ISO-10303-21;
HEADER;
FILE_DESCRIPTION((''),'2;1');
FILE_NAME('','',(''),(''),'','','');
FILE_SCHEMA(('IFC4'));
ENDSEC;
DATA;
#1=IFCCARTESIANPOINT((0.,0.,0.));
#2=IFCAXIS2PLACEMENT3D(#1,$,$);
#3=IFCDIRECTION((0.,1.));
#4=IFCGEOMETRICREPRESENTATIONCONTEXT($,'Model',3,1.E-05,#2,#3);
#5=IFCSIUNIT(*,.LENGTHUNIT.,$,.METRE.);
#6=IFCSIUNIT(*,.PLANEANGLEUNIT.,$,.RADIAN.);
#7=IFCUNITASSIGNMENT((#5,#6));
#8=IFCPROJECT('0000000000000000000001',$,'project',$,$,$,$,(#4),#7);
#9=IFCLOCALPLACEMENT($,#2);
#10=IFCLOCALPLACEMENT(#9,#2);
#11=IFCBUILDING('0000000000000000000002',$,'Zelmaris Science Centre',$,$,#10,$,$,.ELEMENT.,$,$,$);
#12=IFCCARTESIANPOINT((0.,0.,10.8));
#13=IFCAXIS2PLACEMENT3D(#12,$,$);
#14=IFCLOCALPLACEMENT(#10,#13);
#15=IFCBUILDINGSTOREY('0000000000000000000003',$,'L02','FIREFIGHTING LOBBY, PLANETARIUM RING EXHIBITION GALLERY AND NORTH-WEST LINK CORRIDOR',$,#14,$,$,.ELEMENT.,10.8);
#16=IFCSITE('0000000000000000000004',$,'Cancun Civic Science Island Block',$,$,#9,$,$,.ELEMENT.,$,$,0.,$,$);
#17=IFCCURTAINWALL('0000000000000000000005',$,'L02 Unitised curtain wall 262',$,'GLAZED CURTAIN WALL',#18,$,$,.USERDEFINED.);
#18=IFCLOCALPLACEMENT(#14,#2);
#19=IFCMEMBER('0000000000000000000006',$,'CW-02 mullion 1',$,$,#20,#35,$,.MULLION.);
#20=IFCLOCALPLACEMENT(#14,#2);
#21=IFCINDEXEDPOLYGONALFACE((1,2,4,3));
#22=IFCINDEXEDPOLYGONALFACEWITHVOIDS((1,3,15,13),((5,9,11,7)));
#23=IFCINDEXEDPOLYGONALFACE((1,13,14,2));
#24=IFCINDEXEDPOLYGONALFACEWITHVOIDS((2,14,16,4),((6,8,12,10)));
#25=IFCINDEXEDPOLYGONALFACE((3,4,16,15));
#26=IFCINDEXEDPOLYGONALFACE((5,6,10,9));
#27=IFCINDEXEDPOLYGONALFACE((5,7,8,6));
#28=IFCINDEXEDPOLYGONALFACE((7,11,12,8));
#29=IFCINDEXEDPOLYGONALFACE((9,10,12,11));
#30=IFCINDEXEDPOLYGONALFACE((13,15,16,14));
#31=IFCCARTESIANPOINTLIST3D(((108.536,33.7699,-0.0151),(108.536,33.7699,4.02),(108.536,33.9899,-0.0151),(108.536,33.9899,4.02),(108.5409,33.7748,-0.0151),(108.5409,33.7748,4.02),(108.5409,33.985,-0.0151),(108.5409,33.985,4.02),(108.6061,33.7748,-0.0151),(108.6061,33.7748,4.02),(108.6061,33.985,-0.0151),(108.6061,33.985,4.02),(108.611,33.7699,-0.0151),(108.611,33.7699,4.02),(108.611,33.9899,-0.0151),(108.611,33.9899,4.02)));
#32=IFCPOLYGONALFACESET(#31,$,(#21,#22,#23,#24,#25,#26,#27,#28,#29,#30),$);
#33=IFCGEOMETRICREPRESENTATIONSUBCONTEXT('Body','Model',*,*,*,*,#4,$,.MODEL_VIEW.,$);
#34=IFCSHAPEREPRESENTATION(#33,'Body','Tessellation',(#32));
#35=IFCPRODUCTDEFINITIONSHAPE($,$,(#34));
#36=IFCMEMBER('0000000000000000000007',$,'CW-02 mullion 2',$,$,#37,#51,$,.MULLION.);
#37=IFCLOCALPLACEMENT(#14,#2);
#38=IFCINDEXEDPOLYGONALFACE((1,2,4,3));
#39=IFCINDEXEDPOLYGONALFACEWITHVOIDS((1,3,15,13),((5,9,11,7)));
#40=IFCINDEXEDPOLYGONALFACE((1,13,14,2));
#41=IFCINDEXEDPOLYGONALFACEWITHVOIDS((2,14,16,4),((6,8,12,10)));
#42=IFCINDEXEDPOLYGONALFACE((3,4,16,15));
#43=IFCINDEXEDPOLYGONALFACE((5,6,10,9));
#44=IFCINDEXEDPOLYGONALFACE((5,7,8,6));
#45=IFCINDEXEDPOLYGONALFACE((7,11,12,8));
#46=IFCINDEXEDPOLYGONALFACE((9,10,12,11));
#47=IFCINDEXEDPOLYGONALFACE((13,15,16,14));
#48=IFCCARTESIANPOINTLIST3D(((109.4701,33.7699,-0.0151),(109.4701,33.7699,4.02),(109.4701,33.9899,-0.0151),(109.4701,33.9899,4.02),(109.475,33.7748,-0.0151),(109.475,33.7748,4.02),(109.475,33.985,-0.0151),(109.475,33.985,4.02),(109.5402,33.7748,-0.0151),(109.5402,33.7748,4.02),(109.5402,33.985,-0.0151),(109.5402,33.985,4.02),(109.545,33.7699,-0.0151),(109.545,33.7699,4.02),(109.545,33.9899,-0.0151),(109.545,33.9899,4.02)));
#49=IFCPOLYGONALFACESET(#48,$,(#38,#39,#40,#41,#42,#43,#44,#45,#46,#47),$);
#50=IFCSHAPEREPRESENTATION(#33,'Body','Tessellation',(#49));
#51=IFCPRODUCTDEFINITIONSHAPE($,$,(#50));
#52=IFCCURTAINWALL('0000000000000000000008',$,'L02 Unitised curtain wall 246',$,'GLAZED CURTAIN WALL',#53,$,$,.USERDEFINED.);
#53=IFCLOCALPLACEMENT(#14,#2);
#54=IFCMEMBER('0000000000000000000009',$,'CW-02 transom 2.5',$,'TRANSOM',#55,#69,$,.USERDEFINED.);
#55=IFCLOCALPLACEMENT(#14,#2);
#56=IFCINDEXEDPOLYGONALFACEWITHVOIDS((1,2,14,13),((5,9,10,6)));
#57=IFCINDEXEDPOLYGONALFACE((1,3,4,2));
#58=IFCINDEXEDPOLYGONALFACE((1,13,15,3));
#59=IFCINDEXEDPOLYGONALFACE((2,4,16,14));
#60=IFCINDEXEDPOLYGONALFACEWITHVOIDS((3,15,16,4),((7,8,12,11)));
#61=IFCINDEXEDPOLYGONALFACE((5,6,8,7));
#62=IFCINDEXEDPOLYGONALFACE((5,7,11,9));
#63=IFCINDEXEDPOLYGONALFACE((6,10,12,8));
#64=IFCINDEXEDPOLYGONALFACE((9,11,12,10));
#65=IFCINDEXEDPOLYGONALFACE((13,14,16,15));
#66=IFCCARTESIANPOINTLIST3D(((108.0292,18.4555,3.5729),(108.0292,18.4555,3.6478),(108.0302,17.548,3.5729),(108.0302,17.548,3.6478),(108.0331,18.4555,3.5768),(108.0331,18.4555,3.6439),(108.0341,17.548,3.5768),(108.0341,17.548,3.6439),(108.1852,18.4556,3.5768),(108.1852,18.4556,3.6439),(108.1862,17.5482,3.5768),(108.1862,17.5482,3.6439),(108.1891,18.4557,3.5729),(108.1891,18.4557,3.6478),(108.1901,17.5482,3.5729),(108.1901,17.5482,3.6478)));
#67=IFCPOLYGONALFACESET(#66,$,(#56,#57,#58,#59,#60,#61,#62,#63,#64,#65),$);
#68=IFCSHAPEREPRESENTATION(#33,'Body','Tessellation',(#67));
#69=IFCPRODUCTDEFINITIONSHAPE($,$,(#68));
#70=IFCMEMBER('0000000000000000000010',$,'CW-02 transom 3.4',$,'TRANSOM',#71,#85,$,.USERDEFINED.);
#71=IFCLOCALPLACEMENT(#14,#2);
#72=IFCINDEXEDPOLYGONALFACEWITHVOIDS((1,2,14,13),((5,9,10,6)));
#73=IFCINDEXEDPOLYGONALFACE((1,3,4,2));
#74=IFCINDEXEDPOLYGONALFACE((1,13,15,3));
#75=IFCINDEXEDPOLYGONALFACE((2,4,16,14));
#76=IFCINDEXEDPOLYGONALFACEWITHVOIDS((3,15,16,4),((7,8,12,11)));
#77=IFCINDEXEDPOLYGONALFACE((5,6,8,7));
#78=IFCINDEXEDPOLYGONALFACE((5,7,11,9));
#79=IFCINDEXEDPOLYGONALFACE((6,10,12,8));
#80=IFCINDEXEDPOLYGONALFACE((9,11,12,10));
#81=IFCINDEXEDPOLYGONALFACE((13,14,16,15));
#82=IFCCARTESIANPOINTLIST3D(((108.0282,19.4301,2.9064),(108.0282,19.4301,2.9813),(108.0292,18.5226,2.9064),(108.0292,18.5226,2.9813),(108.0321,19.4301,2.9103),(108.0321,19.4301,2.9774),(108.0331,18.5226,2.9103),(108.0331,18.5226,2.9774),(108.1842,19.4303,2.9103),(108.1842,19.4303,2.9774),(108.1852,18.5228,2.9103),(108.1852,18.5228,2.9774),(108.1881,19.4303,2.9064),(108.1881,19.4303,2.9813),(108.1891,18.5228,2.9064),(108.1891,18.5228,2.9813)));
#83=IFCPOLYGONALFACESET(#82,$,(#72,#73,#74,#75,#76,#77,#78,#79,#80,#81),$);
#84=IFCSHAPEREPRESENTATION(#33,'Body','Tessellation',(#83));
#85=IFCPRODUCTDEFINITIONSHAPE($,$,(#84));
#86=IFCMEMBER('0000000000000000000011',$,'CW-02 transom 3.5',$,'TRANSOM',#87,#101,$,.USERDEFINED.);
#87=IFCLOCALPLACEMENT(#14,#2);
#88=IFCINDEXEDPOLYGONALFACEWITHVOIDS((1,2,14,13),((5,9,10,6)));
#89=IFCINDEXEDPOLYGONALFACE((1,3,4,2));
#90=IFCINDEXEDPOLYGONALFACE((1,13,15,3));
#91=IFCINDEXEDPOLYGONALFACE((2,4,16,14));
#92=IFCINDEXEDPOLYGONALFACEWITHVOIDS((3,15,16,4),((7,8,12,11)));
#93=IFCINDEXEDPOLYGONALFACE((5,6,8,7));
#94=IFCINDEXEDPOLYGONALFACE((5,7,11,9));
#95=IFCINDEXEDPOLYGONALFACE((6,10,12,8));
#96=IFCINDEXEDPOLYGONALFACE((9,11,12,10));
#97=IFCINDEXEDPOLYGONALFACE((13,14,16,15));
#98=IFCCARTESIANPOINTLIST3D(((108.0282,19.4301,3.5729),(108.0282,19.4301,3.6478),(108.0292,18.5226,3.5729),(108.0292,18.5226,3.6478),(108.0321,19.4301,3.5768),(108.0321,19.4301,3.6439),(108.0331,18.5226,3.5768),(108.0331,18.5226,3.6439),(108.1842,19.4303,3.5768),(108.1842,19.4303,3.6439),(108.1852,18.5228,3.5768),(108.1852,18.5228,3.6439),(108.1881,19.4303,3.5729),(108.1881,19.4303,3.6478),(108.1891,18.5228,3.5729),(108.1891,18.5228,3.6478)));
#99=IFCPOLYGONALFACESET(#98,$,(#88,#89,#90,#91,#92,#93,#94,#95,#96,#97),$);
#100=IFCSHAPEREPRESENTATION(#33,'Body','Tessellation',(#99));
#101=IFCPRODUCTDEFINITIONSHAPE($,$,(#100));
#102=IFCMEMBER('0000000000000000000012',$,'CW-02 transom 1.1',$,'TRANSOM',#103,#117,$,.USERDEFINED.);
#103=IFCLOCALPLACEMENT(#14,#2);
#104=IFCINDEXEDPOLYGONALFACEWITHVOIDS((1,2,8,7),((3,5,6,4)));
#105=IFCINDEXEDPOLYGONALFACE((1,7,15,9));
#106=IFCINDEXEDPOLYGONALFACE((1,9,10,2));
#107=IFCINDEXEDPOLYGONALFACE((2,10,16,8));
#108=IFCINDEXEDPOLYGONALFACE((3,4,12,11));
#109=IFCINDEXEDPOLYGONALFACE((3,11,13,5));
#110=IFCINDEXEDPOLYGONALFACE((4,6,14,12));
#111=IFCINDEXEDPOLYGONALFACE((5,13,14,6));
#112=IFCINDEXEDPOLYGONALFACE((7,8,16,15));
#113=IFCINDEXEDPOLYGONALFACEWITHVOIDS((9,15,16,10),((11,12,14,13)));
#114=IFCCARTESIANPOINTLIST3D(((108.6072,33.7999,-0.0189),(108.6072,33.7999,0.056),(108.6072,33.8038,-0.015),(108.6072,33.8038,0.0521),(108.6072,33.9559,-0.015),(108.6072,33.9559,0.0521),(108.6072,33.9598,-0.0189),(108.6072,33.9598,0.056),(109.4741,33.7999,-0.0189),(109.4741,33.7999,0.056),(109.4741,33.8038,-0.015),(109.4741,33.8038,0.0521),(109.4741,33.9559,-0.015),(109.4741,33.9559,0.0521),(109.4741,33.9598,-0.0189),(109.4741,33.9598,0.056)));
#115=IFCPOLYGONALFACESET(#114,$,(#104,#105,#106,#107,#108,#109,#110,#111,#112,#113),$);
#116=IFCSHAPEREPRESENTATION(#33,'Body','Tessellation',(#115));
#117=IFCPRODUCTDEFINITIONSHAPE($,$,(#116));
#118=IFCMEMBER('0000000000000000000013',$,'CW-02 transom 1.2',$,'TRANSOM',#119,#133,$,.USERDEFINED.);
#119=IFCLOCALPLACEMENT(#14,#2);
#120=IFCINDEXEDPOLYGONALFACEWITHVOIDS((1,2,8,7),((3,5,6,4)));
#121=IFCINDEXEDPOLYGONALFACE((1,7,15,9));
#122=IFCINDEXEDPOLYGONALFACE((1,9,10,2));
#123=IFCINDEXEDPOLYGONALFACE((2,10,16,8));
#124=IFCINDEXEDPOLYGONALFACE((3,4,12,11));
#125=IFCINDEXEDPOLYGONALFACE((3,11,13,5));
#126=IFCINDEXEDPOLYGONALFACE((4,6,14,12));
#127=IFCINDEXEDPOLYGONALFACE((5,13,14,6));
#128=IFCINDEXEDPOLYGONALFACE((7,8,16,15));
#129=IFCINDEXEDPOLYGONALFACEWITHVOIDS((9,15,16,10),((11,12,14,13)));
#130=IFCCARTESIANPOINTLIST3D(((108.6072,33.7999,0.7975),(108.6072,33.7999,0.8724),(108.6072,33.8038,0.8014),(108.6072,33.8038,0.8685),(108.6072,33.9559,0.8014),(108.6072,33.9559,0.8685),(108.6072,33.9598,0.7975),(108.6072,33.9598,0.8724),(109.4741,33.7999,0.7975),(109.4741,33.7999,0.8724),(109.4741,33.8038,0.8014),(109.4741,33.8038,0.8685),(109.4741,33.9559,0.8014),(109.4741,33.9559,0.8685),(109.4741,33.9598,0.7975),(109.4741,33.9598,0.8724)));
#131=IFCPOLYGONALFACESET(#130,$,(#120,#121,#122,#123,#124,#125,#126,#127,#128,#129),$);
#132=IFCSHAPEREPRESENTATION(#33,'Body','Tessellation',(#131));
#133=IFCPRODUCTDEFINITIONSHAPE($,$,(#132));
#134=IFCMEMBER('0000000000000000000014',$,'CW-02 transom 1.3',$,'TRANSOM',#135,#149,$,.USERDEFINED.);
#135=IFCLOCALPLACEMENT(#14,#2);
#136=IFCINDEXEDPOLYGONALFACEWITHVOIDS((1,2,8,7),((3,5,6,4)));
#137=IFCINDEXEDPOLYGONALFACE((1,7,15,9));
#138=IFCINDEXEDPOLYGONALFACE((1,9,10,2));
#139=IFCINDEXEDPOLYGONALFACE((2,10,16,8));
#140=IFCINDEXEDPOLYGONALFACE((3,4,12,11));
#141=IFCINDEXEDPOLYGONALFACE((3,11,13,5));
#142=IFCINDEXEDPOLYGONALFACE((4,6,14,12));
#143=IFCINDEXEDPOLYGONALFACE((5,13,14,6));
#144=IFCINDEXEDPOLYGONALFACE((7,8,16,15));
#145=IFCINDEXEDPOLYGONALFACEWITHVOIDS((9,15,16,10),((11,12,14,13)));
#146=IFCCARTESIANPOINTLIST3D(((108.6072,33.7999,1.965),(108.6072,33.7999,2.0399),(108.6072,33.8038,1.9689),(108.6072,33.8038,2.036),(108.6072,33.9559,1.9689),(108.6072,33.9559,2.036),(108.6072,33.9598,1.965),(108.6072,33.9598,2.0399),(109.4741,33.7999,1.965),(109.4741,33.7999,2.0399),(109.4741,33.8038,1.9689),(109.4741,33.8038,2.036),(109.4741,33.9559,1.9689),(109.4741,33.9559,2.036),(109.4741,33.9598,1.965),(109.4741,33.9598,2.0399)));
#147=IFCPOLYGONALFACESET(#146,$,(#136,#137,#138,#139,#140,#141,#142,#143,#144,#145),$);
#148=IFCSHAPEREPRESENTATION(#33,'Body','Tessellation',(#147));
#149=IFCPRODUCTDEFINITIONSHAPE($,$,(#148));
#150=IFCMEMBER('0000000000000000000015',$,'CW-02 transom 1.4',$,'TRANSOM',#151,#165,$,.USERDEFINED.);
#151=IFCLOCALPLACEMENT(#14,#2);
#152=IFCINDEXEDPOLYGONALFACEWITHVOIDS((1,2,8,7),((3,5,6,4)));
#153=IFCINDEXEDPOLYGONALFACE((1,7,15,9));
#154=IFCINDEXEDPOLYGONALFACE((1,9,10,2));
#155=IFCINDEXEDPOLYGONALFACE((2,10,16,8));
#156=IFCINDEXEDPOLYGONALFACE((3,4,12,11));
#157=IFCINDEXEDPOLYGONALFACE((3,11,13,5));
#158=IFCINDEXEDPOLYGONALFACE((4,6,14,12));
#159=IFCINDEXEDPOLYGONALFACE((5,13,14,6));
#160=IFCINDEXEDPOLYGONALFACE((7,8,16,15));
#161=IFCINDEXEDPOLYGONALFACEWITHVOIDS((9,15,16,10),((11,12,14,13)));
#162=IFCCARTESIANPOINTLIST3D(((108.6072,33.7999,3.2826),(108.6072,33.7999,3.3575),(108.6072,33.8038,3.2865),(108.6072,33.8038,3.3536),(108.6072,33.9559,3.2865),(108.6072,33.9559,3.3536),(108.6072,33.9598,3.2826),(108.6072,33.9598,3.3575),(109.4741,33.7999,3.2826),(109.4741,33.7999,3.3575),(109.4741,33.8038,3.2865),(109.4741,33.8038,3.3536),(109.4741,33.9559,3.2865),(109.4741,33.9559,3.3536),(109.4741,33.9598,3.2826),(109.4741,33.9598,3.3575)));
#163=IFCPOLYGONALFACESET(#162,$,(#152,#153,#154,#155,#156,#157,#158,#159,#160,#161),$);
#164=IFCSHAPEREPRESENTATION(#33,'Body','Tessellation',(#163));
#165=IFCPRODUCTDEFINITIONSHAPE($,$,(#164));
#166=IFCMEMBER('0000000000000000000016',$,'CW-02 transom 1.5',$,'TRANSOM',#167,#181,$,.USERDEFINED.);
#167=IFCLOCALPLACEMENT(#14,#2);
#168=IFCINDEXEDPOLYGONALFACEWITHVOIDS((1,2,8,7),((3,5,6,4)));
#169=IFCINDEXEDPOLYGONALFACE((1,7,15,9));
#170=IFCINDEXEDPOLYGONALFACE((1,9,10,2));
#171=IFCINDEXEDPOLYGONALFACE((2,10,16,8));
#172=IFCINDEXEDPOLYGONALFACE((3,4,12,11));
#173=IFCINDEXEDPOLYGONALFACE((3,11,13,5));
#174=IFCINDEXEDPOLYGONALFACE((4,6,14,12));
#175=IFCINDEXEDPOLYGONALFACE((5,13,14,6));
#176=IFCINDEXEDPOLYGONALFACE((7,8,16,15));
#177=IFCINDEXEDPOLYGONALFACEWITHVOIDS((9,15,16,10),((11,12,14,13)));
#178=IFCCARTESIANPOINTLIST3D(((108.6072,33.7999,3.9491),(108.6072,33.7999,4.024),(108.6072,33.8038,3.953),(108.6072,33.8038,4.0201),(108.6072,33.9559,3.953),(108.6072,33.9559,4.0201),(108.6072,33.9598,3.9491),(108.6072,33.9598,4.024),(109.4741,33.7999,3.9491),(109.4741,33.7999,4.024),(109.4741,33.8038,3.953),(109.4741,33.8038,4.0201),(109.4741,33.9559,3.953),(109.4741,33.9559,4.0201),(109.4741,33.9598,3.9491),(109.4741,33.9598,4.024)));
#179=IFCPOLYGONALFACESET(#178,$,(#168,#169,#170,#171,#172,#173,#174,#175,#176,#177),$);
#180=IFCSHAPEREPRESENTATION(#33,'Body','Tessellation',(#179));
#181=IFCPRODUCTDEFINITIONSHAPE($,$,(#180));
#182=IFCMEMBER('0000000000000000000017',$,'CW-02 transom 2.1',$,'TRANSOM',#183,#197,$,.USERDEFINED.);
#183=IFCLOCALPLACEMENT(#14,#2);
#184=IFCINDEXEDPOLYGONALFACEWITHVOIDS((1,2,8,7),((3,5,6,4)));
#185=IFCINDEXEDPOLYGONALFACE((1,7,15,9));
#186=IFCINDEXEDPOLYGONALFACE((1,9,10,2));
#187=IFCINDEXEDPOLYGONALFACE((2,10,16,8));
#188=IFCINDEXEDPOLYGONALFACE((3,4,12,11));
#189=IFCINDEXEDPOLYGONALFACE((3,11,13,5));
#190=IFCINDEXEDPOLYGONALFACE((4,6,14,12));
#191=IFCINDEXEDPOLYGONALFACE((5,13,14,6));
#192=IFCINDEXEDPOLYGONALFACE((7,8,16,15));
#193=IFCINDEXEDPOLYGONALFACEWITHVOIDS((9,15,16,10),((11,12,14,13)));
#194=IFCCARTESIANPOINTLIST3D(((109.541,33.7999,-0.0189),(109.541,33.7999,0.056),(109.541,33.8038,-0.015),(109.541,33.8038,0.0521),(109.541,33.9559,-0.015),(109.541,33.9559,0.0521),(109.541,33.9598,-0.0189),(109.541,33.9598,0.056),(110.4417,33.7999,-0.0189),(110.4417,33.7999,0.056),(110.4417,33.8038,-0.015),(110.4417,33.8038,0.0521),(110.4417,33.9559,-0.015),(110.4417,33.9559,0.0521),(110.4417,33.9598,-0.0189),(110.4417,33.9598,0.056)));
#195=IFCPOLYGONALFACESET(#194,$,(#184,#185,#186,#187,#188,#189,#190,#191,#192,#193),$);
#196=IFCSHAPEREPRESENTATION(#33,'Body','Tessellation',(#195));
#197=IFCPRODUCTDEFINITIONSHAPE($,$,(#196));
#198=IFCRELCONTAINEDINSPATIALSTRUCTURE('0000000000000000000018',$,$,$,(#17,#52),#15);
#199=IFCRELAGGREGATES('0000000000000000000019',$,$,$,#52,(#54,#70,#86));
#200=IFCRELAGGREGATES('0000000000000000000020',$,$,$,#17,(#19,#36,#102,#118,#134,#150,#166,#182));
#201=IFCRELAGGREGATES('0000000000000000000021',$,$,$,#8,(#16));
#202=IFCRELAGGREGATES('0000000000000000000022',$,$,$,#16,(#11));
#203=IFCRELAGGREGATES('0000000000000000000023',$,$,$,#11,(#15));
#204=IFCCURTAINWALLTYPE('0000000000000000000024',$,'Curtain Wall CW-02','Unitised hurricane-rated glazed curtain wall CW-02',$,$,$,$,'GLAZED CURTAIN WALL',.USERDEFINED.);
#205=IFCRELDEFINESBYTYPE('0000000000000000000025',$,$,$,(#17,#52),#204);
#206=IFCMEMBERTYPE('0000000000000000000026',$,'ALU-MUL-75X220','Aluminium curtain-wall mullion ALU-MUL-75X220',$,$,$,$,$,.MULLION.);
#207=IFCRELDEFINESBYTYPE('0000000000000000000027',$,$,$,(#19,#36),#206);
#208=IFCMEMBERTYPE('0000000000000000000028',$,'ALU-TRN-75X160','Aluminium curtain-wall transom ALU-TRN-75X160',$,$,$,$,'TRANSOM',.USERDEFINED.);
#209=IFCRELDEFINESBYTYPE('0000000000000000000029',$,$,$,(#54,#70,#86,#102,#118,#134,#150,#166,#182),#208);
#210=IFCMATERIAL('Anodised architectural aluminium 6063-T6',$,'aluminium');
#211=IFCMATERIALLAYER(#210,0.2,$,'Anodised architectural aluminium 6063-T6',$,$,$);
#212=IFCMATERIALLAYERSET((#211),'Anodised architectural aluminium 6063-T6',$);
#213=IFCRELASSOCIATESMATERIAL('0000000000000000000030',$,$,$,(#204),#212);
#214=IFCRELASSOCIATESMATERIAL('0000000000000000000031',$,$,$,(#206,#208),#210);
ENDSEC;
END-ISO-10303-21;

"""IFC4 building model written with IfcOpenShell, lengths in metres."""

from ifc_helpers import new_model, si_unit, direction, frame, origin, origin_2d, place, context, subcontext, project, spatial, hollow_rectangle, extrude, material, layer, layer_set, material_profile, profile_set, type_object, element, aggregate, save


model = new_model("IFC4")

# Units and contexts
model_context = context("Model", 3, precision=1e-05, world=origin(), true_north=direction((0.0, 1.0)))
body_context = subcontext(model_context, "Body", "Model", "MODEL_VIEW")
ifc_project = project(units=[si_unit("LENGTHUNIT", "METRE"), si_unit("PLANEANGLEUNIT", "RADIAN")], contexts=[model_context])

# Site, building, storey
site_placement = place(None, origin())
site = spatial("IfcSite", under=ifc_project, at=site_placement, Name="Cancun Civic Science Island Block", CompositionType="ELEMENT", RefElevation=0.0)
building_placement = place(site_placement, origin())
building = spatial("IfcBuilding", under=site, at=building_placement, Name="Zelmaris Science Centre", CompositionType="ELEMENT")
storey_placement = place(building_placement, frame((0.0, 0.0, 10.8)))
storey = spatial("IfcBuildingStorey", under=building, at=storey_placement, Name="L02", Description="FIREFIGHTING LOBBY, PLANETARIUM RING EXHIBITION GALLERY AND NORTH-WEST LINK CORRIDOR", CompositionType="ELEMENT", Elevation=10.8)

# Curtain walls, members
ifc_material_1 = material(Name="Anodised architectural aluminium 6063-T6", Category="aluminium")
ifc_layer_1 = layer(ifc_material_1, 0.2, Name="Anodised architectural aluminium 6063-T6")
ifc_layer_set_1 = layer_set([ifc_layer_1], Name="Anodised architectural aluminium 6063-T6")
curtain_wall_type = type_object("IfcCurtainWallType", Name="Curtain Wall CW-02", Description="Unitised hurricane-rated glazed curtain wall CW-02", ElementType="GLAZED CURTAIN WALL", PredefinedType="USERDEFINED", material=ifc_layer_set_1)
curtain_wall_1_placement = place(storey_placement, origin())
curtain_wall_1 = element("IfcCurtainWall", 1, at=curtain_wall_1_placement, inside=storey, type_object=curtain_wall_type, Name="L02 Unitised curtain wall 262", ObjectType="GLAZED CURTAIN WALL", PredefinedType="USERDEFINED")
ifc_material_profile_1 = material_profile(ifc_material_1, hollow_rectangle(XDim=0.075, YDim=0.22, WallThickness=0.0049, at=origin_2d()), Name="ALU-MUL-75X220")
ifc_profile_set_1 = profile_set([ifc_material_profile_1], Name="Anodised architectural aluminium 6063-T6")
member_type_1 = type_object("IfcMemberType", Name="ALU-MUL-75X220", Description="Aluminium curtain-wall mullion ALU-MUL-75X220", PredefinedType="MULLION", material=ifc_profile_set_1)
member_1_placement = place(storey_placement, frame((108.5735, 33.8799, -0.0151), z_axis=(0.0, 0.0, 1.0), x_axis=(1.0, 0.000007, 0.0)))
member_1 = element("IfcMember", 2, at=member_1_placement, type_object=member_type_1, Name="CW-02 mullion 1", PredefinedType="MULLION", context=body_context, shape_type="SweptSolid", body=[
    extrude(hollow_rectangle(XDim=0.075, YDim=0.22, WallThickness=0.0049, at=origin_2d()), origin(), (0.0, 0.0, 1.0), 4.0352),
])
member_2_placement = place(storey_placement, frame((109.5076, 33.8799, -0.0151), z_axis=(0.0, 0.0, 1.0), x_axis=(1.0, 0.000007, 0.0)))
member_2 = element("IfcMember", 3, at=member_2_placement, type_object=member_type_1, Name="CW-02 mullion 2", PredefinedType="MULLION", context=body_context, shape_type="SweptSolid", body=[
    extrude(hollow_rectangle(XDim=0.075, YDim=0.22, WallThickness=0.0049, at=origin_2d()), origin(), (0.0, 0.0, 1.0), 4.0352),
])
curtain_wall_2_placement = place(storey_placement, origin())
curtain_wall_2 = element("IfcCurtainWall", 4, at=curtain_wall_2_placement, inside=storey, type_object=curtain_wall_type, Name="L02 Unitised curtain wall 246", ObjectType="GLAZED CURTAIN WALL", PredefinedType="USERDEFINED")
ifc_material_profile_2 = material_profile(ifc_material_1, hollow_rectangle(XDim=0.075, YDim=0.1599, WallThickness=0.0039, at=origin_2d()), Name="ALU-TRN-75X160")
ifc_profile_set_2 = profile_set([ifc_material_profile_2], Name="Anodised architectural aluminium 6063-T6")
member_type_2 = type_object("IfcMemberType", Name="ALU-TRN-75X160", Description="Aluminium curtain-wall transom ALU-TRN-75X160", ElementType="TRANSOM", PredefinedType="USERDEFINED", material=ifc_profile_set_2)
member_3_placement = place(storey_placement, frame((108.1101, 17.5481, 3.6104), z_axis=(-0.001076, 0.999999, 0.0), x_axis=(0.0, 0.0, 1.0)))
member_3 = element("IfcMember", 5, at=member_3_placement, type_object=member_type_2, Name="CW-02 transom 2.5", ObjectType="TRANSOM", PredefinedType="USERDEFINED", context=body_context, shape_type="SweptSolid", body=[
    extrude(hollow_rectangle(XDim=0.075, YDim=0.1599, WallThickness=0.0039, at=origin_2d()), origin(), (0.0, 0.0, 1.0), 0.9075),
])
member_4_placement = place(storey_placement, frame((108.1091, 18.5227, 2.9438), z_axis=(-0.001076, 0.999999, 0.0), x_axis=(0.0, 0.0, 1.0)))
member_4 = element("IfcMember", 6, at=member_4_placement, type_object=member_type_2, Name="CW-02 transom 3.4", ObjectType="TRANSOM", PredefinedType="USERDEFINED", context=body_context, shape_type="SweptSolid", body=[
    extrude(hollow_rectangle(XDim=0.075, YDim=0.1599, WallThickness=0.0039, at=origin_2d()), origin(), (0.0, 0.0, 1.0), 0.9075),
])
member_5_placement = place(storey_placement, frame((108.1091, 18.5227, 3.6104), z_axis=(-0.001076, 0.999999, 0.0), x_axis=(0.0, 0.0, 1.0)))
member_5 = element("IfcMember", 7, at=member_5_placement, type_object=member_type_2, Name="CW-02 transom 3.5", ObjectType="TRANSOM", PredefinedType="USERDEFINED", context=body_context, shape_type="SweptSolid", body=[
    extrude(hollow_rectangle(XDim=0.075, YDim=0.1599, WallThickness=0.0039, at=origin_2d()), origin(), (0.0, 0.0, 1.0), 0.9075),
])

# Members
member_6_placement = place(storey_placement, frame((108.6072, 33.8799, 0.0186), z_axis=(1.0, 0.0, 0.0), x_axis=(0.0, 0.0, 1.0)))
member_6 = element("IfcMember", 8, at=member_6_placement, type_object=member_type_2, Name="CW-02 transom 1.1", ObjectType="TRANSOM", PredefinedType="USERDEFINED", context=body_context, shape_type="SweptSolid", body=[
    extrude(hollow_rectangle(XDim=0.075, YDim=0.1599, WallThickness=0.0039, at=origin_2d()), origin(), (0.0, 0.0, 1.0), 0.8669),
])
member_7_placement = place(storey_placement, frame((108.6072, 33.8799, 0.835), z_axis=(1.0, 0.0, 0.0), x_axis=(0.0, 0.0, 1.0)))
member_7 = element("IfcMember", 9, at=member_7_placement, type_object=member_type_2, Name="CW-02 transom 1.2", ObjectType="TRANSOM", PredefinedType="USERDEFINED", context=body_context, shape_type="SweptSolid", body=[
    extrude(hollow_rectangle(XDim=0.075, YDim=0.1599, WallThickness=0.0039, at=origin_2d()), origin(), (0.0, 0.0, 1.0), 0.8669),
])
member_8_placement = place(storey_placement, frame((108.6072, 33.8799, 2.0024), z_axis=(1.0, 0.0, 0.0), x_axis=(0.0, 0.0, 1.0)))
member_8 = element("IfcMember", 10, at=member_8_placement, type_object=member_type_2, Name="CW-02 transom 1.3", ObjectType="TRANSOM", PredefinedType="USERDEFINED", context=body_context, shape_type="SweptSolid", body=[
    extrude(hollow_rectangle(XDim=0.075, YDim=0.1599, WallThickness=0.0039, at=origin_2d()), origin(), (0.0, 0.0, 1.0), 0.8669),
])
member_9_placement = place(storey_placement, frame((108.6072, 33.8799, 3.3201), z_axis=(1.0, 0.0, 0.0), x_axis=(0.0, 0.0, 1.0)))
member_9 = element("IfcMember", 11, at=member_9_placement, type_object=member_type_2, Name="CW-02 transom 1.4", ObjectType="TRANSOM", PredefinedType="USERDEFINED", context=body_context, shape_type="SweptSolid", body=[
    extrude(hollow_rectangle(XDim=0.075, YDim=0.1599, WallThickness=0.0039, at=origin_2d()), origin(), (0.0, 0.0, 1.0), 0.8669),
])
member_10_placement = place(storey_placement, frame((108.6072, 33.8799, 3.9866), z_axis=(1.0, 0.0, 0.0), x_axis=(0.0, 0.0, 1.0)))
member_10 = element("IfcMember", 12, at=member_10_placement, type_object=member_type_2, Name="CW-02 transom 1.5", ObjectType="TRANSOM", PredefinedType="USERDEFINED", context=body_context, shape_type="SweptSolid", body=[
    extrude(hollow_rectangle(XDim=0.075, YDim=0.1599, WallThickness=0.0039, at=origin_2d()), origin(), (0.0, 0.0, 1.0), 0.8669),
])
member_11_placement = place(storey_placement, frame((109.541, 33.8799, 0.0186), z_axis=(1.0, 0.0, 0.0), x_axis=(0.0, 0.0, 1.0)))
member_11 = element("IfcMember", 13, at=member_11_placement, type_object=member_type_2, Name="CW-02 transom 2.1", ObjectType="TRANSOM", PredefinedType="USERDEFINED", context=body_context, shape_type="SweptSolid", body=[
    extrude(hollow_rectangle(XDim=0.075, YDim=0.1599, WallThickness=0.0039, at=origin_2d()), origin(), (0.0, 0.0, 1.0), 0.9006),
])

aggregate(curtain_wall_2, [member_3, member_4, member_5])
aggregate(curtain_wall_1, [member_1, member_2, member_6, member_7, member_8, member_9, member_10, member_11])

save(model, "model.ifc")
